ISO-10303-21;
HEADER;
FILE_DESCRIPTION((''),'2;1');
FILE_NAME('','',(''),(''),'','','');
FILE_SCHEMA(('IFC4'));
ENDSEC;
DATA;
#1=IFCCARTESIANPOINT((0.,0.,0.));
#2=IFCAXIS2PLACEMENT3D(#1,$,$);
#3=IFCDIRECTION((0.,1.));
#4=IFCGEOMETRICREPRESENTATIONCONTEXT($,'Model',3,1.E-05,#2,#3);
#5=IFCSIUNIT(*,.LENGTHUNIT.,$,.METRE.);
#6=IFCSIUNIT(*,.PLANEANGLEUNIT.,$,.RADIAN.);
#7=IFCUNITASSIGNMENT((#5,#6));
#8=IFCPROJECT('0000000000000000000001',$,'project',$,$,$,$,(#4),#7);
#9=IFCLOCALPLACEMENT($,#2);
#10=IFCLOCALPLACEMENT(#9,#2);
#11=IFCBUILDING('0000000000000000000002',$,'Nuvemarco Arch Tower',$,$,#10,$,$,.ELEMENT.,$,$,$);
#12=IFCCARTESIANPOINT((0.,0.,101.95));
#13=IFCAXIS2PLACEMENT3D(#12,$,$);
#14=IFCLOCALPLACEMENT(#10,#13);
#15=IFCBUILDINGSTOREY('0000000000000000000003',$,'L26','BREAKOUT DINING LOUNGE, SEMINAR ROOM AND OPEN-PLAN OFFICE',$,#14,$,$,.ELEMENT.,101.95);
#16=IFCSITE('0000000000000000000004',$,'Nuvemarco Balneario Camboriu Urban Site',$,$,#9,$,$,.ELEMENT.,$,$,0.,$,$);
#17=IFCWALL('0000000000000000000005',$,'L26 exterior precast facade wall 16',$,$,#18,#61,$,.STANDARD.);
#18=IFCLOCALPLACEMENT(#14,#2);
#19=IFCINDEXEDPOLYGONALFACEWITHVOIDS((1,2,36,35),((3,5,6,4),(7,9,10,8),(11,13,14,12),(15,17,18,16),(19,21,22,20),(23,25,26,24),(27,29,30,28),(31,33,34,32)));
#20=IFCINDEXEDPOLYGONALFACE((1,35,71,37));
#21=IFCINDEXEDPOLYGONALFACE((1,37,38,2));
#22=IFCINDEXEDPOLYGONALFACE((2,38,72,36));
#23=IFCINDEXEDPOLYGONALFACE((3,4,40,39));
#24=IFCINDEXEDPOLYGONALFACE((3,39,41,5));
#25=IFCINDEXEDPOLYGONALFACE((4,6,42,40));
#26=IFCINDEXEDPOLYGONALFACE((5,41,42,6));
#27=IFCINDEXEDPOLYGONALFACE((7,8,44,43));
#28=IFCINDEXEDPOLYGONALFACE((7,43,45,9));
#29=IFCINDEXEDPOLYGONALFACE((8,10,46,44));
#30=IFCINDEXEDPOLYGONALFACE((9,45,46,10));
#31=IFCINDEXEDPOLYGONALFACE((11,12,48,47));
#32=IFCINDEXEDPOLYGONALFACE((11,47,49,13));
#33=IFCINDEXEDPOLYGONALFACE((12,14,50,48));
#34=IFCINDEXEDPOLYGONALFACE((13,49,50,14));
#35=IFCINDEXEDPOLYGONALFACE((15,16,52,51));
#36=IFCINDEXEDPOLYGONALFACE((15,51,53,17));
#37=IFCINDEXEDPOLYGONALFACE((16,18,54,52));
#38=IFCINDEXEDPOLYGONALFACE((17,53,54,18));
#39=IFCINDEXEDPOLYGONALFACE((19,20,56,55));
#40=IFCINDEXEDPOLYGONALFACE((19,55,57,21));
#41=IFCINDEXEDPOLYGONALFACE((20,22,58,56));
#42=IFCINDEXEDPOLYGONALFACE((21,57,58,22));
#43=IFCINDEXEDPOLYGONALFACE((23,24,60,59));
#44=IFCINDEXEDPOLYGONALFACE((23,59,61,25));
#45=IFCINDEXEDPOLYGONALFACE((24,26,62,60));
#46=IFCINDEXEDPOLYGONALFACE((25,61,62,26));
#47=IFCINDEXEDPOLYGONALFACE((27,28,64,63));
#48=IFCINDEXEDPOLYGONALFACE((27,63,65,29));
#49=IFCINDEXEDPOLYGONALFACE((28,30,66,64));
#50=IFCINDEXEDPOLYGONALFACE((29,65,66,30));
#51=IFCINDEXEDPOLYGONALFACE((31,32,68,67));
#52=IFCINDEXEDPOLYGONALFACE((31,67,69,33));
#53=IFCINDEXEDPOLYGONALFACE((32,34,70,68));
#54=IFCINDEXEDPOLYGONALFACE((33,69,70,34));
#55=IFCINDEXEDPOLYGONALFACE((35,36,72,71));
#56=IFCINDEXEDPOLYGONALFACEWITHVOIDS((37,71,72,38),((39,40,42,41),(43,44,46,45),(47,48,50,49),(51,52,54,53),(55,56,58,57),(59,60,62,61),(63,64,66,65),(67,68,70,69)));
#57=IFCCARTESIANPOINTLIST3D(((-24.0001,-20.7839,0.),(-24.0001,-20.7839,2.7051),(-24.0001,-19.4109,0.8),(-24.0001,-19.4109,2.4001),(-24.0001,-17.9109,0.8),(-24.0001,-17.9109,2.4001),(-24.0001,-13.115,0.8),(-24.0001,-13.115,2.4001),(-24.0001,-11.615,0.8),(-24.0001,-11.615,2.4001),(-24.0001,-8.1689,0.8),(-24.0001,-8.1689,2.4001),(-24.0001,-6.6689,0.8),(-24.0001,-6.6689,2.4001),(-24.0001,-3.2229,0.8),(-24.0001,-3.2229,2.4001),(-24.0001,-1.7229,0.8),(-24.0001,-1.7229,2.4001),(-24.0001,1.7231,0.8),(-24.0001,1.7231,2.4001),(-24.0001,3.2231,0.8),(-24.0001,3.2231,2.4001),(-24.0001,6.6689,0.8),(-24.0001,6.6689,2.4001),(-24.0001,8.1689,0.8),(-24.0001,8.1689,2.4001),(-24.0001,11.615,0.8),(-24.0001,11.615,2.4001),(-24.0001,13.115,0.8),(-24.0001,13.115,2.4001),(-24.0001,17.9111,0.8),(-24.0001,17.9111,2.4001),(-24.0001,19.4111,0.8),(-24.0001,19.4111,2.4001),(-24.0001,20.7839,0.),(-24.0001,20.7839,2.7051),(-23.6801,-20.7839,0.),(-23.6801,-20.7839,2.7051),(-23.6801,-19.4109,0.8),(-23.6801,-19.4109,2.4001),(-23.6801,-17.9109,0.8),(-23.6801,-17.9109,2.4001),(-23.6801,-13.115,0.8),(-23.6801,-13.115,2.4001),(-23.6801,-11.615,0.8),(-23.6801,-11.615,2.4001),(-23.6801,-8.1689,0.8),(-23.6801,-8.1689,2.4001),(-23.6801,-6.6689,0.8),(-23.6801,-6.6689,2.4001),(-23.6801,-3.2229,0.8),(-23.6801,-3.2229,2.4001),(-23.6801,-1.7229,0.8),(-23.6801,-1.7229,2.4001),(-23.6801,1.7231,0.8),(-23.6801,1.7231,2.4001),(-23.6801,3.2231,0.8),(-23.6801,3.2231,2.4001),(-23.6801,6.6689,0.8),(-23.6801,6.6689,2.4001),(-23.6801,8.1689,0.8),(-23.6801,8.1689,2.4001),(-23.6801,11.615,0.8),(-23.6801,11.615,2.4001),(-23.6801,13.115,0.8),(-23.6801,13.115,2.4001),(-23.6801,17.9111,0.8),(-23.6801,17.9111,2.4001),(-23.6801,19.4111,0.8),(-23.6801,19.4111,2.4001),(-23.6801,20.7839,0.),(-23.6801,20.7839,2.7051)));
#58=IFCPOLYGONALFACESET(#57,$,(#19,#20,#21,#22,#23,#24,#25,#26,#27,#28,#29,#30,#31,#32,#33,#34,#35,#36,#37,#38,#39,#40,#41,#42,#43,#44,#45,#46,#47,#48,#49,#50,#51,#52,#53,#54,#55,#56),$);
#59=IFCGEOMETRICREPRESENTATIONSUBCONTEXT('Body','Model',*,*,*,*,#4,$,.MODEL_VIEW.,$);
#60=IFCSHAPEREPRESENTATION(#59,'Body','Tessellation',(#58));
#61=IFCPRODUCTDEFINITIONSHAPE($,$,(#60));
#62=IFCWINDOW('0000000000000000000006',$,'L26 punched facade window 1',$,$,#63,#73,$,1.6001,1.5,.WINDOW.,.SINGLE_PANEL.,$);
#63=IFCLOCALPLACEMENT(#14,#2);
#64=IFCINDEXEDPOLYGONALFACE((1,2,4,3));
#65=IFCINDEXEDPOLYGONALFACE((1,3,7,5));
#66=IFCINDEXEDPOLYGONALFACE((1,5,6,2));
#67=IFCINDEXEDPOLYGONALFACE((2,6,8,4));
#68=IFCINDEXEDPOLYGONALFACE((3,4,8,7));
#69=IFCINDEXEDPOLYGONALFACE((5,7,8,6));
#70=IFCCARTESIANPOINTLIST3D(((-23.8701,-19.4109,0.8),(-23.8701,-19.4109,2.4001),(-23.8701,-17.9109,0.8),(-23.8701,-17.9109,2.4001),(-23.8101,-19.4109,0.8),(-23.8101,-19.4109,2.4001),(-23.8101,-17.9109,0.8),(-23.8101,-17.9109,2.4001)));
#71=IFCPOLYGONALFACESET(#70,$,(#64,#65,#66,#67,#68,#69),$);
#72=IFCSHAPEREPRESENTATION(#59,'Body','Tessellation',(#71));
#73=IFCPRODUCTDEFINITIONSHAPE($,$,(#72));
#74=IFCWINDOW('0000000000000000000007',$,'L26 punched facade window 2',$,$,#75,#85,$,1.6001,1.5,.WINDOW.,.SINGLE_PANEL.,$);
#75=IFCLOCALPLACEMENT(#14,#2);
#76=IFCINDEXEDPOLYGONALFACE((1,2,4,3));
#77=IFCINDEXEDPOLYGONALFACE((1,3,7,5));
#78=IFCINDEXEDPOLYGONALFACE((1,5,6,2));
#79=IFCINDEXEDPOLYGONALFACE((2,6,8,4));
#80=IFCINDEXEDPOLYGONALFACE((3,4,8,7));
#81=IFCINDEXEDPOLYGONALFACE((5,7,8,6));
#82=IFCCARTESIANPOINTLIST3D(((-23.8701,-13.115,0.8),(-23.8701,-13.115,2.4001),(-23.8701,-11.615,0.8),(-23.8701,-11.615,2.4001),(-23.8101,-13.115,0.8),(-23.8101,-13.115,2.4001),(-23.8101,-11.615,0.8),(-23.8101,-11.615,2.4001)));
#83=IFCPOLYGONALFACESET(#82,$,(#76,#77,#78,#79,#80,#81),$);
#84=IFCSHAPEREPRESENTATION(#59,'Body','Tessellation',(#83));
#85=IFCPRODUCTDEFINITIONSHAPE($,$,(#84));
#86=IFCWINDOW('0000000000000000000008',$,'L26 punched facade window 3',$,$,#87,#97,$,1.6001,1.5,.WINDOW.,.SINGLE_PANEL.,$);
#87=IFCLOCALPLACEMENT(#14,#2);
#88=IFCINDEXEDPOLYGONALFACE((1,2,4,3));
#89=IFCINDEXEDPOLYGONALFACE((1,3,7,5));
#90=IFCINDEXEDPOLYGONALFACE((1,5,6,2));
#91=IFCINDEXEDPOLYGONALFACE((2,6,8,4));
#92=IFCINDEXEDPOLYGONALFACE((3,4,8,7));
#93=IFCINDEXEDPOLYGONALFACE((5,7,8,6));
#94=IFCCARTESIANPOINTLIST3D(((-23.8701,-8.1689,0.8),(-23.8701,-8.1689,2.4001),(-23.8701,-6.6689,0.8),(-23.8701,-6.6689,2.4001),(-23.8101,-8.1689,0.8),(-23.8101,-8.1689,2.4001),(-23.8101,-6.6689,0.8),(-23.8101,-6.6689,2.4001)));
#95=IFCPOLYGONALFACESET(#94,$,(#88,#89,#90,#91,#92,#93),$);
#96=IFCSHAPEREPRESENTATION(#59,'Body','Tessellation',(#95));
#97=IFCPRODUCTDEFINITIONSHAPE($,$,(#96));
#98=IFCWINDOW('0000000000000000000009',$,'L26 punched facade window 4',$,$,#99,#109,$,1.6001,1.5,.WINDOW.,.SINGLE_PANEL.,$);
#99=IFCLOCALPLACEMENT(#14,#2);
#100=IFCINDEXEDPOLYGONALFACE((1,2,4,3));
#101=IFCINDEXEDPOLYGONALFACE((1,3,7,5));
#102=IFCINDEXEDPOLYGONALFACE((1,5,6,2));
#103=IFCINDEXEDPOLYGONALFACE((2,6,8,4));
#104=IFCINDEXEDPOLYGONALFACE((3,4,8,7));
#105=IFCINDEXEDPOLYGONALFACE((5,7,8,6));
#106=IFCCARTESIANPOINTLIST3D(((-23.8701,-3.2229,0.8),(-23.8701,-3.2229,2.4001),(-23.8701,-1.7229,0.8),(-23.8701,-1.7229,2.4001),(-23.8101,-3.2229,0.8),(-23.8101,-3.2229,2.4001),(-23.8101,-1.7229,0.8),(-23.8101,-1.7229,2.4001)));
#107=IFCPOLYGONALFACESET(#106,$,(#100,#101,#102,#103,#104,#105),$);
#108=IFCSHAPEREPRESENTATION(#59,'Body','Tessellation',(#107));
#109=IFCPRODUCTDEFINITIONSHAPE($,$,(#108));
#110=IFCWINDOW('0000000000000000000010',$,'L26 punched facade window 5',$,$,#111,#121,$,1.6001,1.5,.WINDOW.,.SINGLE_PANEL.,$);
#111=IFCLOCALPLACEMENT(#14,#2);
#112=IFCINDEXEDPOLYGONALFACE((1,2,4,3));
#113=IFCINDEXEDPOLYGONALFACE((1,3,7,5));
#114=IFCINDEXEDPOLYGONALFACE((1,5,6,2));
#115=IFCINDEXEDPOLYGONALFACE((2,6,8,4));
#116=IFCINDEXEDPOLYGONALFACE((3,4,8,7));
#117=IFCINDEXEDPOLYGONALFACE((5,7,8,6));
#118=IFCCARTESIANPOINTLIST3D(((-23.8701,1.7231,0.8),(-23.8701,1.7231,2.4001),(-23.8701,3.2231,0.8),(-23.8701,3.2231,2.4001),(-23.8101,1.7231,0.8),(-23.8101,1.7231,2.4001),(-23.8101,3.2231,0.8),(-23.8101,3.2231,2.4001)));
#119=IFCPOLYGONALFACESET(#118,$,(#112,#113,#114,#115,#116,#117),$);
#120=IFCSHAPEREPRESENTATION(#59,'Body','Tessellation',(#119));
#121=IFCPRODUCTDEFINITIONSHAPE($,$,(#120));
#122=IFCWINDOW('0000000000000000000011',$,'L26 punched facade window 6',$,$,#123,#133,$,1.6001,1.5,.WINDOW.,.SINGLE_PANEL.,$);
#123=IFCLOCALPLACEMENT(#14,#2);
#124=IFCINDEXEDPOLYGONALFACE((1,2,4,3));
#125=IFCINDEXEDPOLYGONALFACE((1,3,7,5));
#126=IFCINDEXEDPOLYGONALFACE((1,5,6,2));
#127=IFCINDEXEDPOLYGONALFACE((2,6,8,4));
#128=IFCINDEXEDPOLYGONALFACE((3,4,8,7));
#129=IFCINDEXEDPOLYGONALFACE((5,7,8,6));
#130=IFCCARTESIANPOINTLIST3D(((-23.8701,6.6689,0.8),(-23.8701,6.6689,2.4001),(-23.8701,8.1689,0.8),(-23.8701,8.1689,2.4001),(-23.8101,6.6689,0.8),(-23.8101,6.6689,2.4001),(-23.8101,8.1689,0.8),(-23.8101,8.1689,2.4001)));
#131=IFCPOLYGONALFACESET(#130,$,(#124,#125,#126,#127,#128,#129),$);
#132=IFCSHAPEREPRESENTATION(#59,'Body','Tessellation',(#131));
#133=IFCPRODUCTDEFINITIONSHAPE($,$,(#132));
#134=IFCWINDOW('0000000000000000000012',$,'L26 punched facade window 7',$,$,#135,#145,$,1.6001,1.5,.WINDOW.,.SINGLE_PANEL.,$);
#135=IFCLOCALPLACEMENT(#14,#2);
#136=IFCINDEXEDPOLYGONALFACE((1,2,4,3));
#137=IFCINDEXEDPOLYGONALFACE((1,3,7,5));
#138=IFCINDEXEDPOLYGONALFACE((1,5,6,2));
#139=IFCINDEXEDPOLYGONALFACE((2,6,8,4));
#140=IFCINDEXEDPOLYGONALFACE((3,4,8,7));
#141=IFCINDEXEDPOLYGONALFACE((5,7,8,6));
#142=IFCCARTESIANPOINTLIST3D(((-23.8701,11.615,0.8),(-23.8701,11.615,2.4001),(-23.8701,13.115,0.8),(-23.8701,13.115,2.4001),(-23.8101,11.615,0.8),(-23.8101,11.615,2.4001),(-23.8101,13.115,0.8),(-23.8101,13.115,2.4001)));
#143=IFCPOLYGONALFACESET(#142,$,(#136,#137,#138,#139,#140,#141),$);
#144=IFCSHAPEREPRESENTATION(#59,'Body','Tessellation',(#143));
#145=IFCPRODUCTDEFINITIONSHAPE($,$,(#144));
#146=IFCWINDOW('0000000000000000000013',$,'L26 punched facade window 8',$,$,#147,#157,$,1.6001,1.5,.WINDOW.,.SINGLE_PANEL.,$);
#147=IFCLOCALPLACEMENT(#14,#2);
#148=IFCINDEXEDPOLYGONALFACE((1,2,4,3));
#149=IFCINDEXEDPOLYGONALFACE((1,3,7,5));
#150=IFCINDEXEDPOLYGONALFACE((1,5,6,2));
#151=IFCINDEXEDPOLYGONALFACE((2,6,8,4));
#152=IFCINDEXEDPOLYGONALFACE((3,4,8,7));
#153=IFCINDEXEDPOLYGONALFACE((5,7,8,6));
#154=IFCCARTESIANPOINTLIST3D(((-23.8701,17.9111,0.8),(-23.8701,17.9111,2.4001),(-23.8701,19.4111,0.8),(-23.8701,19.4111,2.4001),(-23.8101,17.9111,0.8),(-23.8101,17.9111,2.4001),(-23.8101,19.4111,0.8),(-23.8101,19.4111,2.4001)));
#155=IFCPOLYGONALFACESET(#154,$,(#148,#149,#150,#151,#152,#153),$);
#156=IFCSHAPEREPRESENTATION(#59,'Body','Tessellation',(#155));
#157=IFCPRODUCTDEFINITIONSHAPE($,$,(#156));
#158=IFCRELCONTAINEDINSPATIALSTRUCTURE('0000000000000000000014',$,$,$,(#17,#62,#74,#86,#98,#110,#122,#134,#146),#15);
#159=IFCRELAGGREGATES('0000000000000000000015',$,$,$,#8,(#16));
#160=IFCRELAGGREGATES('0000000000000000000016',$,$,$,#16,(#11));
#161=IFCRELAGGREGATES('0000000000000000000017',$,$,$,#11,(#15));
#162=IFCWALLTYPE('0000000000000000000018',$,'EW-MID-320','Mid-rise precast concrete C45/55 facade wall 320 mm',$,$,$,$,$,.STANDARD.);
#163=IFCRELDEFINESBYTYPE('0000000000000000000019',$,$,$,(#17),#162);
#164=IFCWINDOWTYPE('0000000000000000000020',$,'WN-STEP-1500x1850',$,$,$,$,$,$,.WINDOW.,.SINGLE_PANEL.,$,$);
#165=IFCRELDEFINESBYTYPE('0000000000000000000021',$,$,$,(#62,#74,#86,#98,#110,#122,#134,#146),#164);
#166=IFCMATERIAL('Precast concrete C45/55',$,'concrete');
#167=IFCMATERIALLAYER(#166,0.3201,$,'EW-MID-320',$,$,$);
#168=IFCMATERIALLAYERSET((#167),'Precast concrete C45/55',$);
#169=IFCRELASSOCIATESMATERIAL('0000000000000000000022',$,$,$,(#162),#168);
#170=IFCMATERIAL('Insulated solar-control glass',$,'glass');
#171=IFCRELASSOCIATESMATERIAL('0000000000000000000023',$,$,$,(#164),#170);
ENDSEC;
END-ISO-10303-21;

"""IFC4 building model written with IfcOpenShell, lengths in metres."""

from ifc_helpers import new_model, si_unit, direction, frame, frame_2d, origin, place, context, subcontext, project, spatial, rectangle, extrude, source, transform, mapped, material, layer, layer_set, type_object, type_shapes, element, fill, save


model = new_model("IFC4")

# Units and contexts
model_context = context("Model", 3, precision=1e-05, world=origin(), true_north=direction((0.0, 1.0)))
body_context = subcontext(model_context, "Body", "Model", "MODEL_VIEW")
ifc_project = project(units=[si_unit("LENGTHUNIT", "METRE"), si_unit("PLANEANGLEUNIT", "RADIAN")], contexts=[model_context])

# Site, building, storey
site_placement = place(None, origin())
site = spatial("IfcSite", under=ifc_project, at=site_placement, Name="Nuvemarco Balneario Camboriu Urban Site", CompositionType="ELEMENT", RefElevation=0.0)
building_placement = place(site_placement, origin())
building = spatial("IfcBuilding", under=site, at=building_placement, Name="Nuvemarco Arch Tower", CompositionType="ELEMENT")
storey_placement = place(building_placement, frame((0.0, 0.0, 101.95)))
storey = spatial("IfcBuildingStorey", under=building, at=storey_placement, Name="L26", Description="BREAKOUT DINING LOUNGE, SEMINAR ROOM AND OPEN-PLAN OFFICE", CompositionType="ELEMENT", Elevation=101.95)

# Shared definitions
ifc_material_1 = material(Name="Precast concrete C45/55", Category="concrete")
ifc_layer_1 = layer(ifc_material_1, 0.3201, Name="EW-MID-320")
ifc_layer_set_1 = layer_set([ifc_layer_1], Name="Precast concrete C45/55")
wall_type_1 = type_object("IfcWallType", Name="EW-MID-320", Description="Mid-rise precast concrete C45/55 facade wall 320 mm", PredefinedType="STANDARD", material=ifc_layer_set_1)
ifc_material_2 = material(Name="Insulated solar-control glass", Category="glass")

# Wall, openings, windows
wall_1_placement = place(storey_placement, frame((-23.8401, -20.7839, 0.0), z_axis=(0.0, 0.0, 1.0), x_axis=(0.0, 1.0, 0.0)))
wall_1 = element("IfcWall", 1, at=wall_1_placement, inside=storey, type_object=wall_type_1, Name="L26 exterior precast facade wall 16", PredefinedType="STANDARD", context=body_context, shape_type="SweptSolid", body=[
    extrude(rectangle(XDim=41.5679, YDim=0.3201, at=frame_2d((20.7839, 0.0))), origin(), (0.0, 0.0, 1.0), 2.7051),
])
opening_1_placement = place(wall_1_placement, frame((1.373, 0.0, 0.8)))
opening_1 = element("IfcOpeningElement", 2, at=opening_1_placement, cuts=wall_1, PredefinedType="OPENING", context=body_context, shape_type="SweptSolid", body=[
    extrude(rectangle(XDim=1.5, YDim=1.6001, at=frame_2d((0.75, 0.8))), frame((0.0, 0.1699, 0.0), z_axis=(0.0, -1.0, 0.0), x_axis=(1.0, 0.0, 0.0)), (0.0, 0.0, 1.0), 0.3401),
])
opening_2_placement = place(wall_1_placement, frame((7.6689, 0.0, 0.8)))
opening_2 = element("IfcOpeningElement", 3, at=opening_2_placement, cuts=wall_1, PredefinedType="OPENING", context=body_context, shape_type="SweptSolid", body=[
    extrude(rectangle(XDim=1.5, YDim=1.6001, at=frame_2d((0.75, 0.8))), frame((0.0, 0.1699, 0.0), z_axis=(0.0, -1.0, 0.0), x_axis=(1.0, 0.0, 0.0)), (0.0, 0.0, 1.0), 0.3401),
])
opening_3_placement = place(wall_1_placement, frame((12.615, 0.0, 0.8)))
opening_3 = element("IfcOpeningElement", 4, at=opening_3_placement, cuts=wall_1, PredefinedType="OPENING", context=body_context, shape_type="SweptSolid", body=[
    extrude(rectangle(XDim=1.5, YDim=1.6001, at=frame_2d((0.75, 0.8))), frame((0.0, 0.1699, 0.0), z_axis=(0.0, -1.0, 0.0), x_axis=(1.0, 0.0, 0.0)), (0.0, 0.0, 1.0), 0.3401),
])
opening_4_placement = place(wall_1_placement, frame((17.561, 0.0, 0.8)))
opening_4 = element("IfcOpeningElement", 5, at=opening_4_placement, cuts=wall_1, PredefinedType="OPENING", context=body_context, shape_type="SweptSolid", body=[
    extrude(rectangle(XDim=1.5, YDim=1.6001, at=frame_2d((0.75, 0.8))), frame((0.0, 0.1699, 0.0), z_axis=(0.0, -1.0, 0.0), x_axis=(1.0, 0.0, 0.0)), (0.0, 0.0, 1.0), 0.3401),
])
opening_5_placement = place(wall_1_placement, frame((22.5071, 0.0, 0.8)))
opening_5 = element("IfcOpeningElement", 6, at=opening_5_placement, cuts=wall_1, PredefinedType="OPENING", context=body_context, shape_type="SweptSolid", body=[
    extrude(rectangle(XDim=1.5, YDim=1.6001, at=frame_2d((0.75, 0.8))), frame((0.0, 0.1699, 0.0), z_axis=(0.0, -1.0, 0.0), x_axis=(1.0, 0.0, 0.0)), (0.0, 0.0, 1.0), 0.3401),
])
opening_6_placement = place(wall_1_placement, frame((27.4529, 0.0, 0.8)))
opening_6 = element("IfcOpeningElement", 7, at=opening_6_placement, cuts=wall_1, PredefinedType="OPENING", context=body_context, shape_type="SweptSolid", body=[
    extrude(rectangle(XDim=1.5, YDim=1.6001, at=frame_2d((0.75, 0.8))), frame((0.0, 0.1699, 0.0), z_axis=(0.0, -1.0, 0.0), x_axis=(1.0, 0.0, 0.0)), (0.0, 0.0, 1.0), 0.3401),
])
opening_7_placement = place(wall_1_placement, frame((32.3989, 0.0, 0.8)))
opening_7 = element("IfcOpeningElement", 8, at=opening_7_placement, cuts=wall_1, PredefinedType="OPENING", context=body_context, shape_type="SweptSolid", body=[
    extrude(rectangle(XDim=1.5, YDim=1.6001, at=frame_2d((0.75, 0.8))), frame((0.0, 0.1699, 0.0), z_axis=(0.0, -1.0, 0.0), x_axis=(1.0, 0.0, 0.0)), (0.0, 0.0, 1.0), 0.3401),
])
opening_8_placement = place(wall_1_placement, frame((38.6951, 0.0, 0.8)))
opening_8 = element("IfcOpeningElement", 9, at=opening_8_placement, cuts=wall_1, PredefinedType="OPENING", context=body_context, shape_type="SweptSolid", body=[
    extrude(rectangle(XDim=1.5, YDim=1.6001, at=frame_2d((0.75, 0.8))), frame((0.0, 0.1699, 0.0), z_axis=(0.0, -1.0, 0.0), x_axis=(1.0, 0.0, 0.0)), (0.0, 0.0, 1.0), 0.3401),
])
window_type_1 = type_object("IfcWindowType", Name="WN-STEP-1500x1850", PartitioningType="SINGLE_PANEL", PredefinedType="WINDOW", material=ifc_material_2)
shared_shape_1 = source(origin(), body_context, "Body", "SweptSolid", [
    extrude(rectangle(XDim=1.5, YDim=1.6001, at=frame_2d((0.75, 0.8))), frame((0.0, 0.03, 0.0), z_axis=(0.0, -1.0, 0.0), x_axis=(1.0, 0.0, 0.0)), (0.0, 0.0, 1.0), 0.0601),
])
type_shapes(window_type_1, [shared_shape_1])
window_1_placement = place(opening_1_placement, origin())
window_1 = element("IfcWindow", 10, at=window_1_placement, inside=storey, type_object=window_type_1, Name="L26 punched facade window 1", OverallHeight=1.6001, OverallWidth=1.5, PartitioningType="SINGLE_PANEL", PredefinedType="WINDOW", context=body_context, shape_type="MappedRepresentation", body=[
    mapped(shared_shape_1, transform((0.0, 0.0, 0.0), scale=1.0)),
])
fill(opening_1, window_1)
window_2_placement = place(opening_2_placement, origin())
window_2 = element("IfcWindow", 11, at=window_2_placement, inside=storey, type_object=window_type_1, Name="L26 punched facade window 2", OverallHeight=1.6001, OverallWidth=1.5, PartitioningType="SINGLE_PANEL", PredefinedType="WINDOW", context=body_context, shape_type="MappedRepresentation", body=[
    mapped(shared_shape_1, transform((0.0, 0.0, 0.0), scale=1.0)),
])
fill(opening_2, window_2)
window_3_placement = place(opening_3_placement, origin())
window_3 = element("IfcWindow", 12, at=window_3_placement, inside=storey, type_object=window_type_1, Name="L26 punched facade window 3", OverallHeight=1.6001, OverallWidth=1.5, PartitioningType="SINGLE_PANEL", PredefinedType="WINDOW", context=body_context, shape_type="MappedRepresentation", body=[
    mapped(shared_shape_1, transform((0.0, 0.0, 0.0), scale=1.0)),
])
fill(opening_3, window_3)
window_4_placement = place(opening_4_placement, origin())
window_4 = element("IfcWindow", 13, at=window_4_placement, inside=storey, type_object=window_type_1, Name="L26 punched facade window 4", OverallHeight=1.6001, OverallWidth=1.5, PartitioningType="SINGLE_PANEL", PredefinedType="WINDOW", context=body_context, shape_type="MappedRepresentation", body=[
    mapped(shared_shape_1, transform((0.0, 0.0, 0.0), scale=1.0)),
])
fill(opening_4, window_4)
window_5_placement = place(opening_5_placement, origin())
window_5 = element("IfcWindow", 14, at=window_5_placement, inside=storey, type_object=window_type_1, Name="L26 punched facade window 5", OverallHeight=1.6001, OverallWidth=1.5, PartitioningType="SINGLE_PANEL", PredefinedType="WINDOW", context=body_context, shape_type="MappedRepresentation", body=[
    mapped(shared_shape_1, transform((0.0, 0.0, 0.0), scale=1.0)),
])
fill(opening_5, window_5)
window_6_placement = place(opening_6_placement, origin())
window_6 = element("IfcWindow", 15, at=window_6_placement, inside=storey, type_object=window_type_1, Name="L26 punched facade window 6", OverallHeight=1.6001, OverallWidth=1.5, PartitioningType="SINGLE_PANEL", PredefinedType="WINDOW", context=body_context, shape_type="MappedRepresentation", body=[
    mapped(shared_shape_1, transform((0.0, 0.0, 0.0), scale=1.0)),
])
fill(opening_6, window_6)
window_7_placement = place(opening_7_placement, origin())
window_7 = element("IfcWindow", 16, at=window_7_placement, inside=storey, type_object=window_type_1, Name="L26 punched facade window 7", OverallHeight=1.6001, OverallWidth=1.5, PartitioningType="SINGLE_PANEL", PredefinedType="WINDOW", context=body_context, shape_type="MappedRepresentation", body=[
    mapped(shared_shape_1, transform((0.0, 0.0, 0.0), scale=1.0)),
])
fill(opening_7, window_7)
window_8_placement = place(opening_8_placement, origin())
window_8 = element("IfcWindow", 17, at=window_8_placement, inside=storey, type_object=window_type_1, Name="L26 punched facade window 8", OverallHeight=1.6001, OverallWidth=1.5, PartitioningType="SINGLE_PANEL", PredefinedType="WINDOW", context=body_context, shape_type="MappedRepresentation", body=[
    mapped(shared_shape_1, transform((0.0, 0.0, 0.0), scale=1.0)),
])
fill(opening_8, window_8)

save(model, "model.ifc")
